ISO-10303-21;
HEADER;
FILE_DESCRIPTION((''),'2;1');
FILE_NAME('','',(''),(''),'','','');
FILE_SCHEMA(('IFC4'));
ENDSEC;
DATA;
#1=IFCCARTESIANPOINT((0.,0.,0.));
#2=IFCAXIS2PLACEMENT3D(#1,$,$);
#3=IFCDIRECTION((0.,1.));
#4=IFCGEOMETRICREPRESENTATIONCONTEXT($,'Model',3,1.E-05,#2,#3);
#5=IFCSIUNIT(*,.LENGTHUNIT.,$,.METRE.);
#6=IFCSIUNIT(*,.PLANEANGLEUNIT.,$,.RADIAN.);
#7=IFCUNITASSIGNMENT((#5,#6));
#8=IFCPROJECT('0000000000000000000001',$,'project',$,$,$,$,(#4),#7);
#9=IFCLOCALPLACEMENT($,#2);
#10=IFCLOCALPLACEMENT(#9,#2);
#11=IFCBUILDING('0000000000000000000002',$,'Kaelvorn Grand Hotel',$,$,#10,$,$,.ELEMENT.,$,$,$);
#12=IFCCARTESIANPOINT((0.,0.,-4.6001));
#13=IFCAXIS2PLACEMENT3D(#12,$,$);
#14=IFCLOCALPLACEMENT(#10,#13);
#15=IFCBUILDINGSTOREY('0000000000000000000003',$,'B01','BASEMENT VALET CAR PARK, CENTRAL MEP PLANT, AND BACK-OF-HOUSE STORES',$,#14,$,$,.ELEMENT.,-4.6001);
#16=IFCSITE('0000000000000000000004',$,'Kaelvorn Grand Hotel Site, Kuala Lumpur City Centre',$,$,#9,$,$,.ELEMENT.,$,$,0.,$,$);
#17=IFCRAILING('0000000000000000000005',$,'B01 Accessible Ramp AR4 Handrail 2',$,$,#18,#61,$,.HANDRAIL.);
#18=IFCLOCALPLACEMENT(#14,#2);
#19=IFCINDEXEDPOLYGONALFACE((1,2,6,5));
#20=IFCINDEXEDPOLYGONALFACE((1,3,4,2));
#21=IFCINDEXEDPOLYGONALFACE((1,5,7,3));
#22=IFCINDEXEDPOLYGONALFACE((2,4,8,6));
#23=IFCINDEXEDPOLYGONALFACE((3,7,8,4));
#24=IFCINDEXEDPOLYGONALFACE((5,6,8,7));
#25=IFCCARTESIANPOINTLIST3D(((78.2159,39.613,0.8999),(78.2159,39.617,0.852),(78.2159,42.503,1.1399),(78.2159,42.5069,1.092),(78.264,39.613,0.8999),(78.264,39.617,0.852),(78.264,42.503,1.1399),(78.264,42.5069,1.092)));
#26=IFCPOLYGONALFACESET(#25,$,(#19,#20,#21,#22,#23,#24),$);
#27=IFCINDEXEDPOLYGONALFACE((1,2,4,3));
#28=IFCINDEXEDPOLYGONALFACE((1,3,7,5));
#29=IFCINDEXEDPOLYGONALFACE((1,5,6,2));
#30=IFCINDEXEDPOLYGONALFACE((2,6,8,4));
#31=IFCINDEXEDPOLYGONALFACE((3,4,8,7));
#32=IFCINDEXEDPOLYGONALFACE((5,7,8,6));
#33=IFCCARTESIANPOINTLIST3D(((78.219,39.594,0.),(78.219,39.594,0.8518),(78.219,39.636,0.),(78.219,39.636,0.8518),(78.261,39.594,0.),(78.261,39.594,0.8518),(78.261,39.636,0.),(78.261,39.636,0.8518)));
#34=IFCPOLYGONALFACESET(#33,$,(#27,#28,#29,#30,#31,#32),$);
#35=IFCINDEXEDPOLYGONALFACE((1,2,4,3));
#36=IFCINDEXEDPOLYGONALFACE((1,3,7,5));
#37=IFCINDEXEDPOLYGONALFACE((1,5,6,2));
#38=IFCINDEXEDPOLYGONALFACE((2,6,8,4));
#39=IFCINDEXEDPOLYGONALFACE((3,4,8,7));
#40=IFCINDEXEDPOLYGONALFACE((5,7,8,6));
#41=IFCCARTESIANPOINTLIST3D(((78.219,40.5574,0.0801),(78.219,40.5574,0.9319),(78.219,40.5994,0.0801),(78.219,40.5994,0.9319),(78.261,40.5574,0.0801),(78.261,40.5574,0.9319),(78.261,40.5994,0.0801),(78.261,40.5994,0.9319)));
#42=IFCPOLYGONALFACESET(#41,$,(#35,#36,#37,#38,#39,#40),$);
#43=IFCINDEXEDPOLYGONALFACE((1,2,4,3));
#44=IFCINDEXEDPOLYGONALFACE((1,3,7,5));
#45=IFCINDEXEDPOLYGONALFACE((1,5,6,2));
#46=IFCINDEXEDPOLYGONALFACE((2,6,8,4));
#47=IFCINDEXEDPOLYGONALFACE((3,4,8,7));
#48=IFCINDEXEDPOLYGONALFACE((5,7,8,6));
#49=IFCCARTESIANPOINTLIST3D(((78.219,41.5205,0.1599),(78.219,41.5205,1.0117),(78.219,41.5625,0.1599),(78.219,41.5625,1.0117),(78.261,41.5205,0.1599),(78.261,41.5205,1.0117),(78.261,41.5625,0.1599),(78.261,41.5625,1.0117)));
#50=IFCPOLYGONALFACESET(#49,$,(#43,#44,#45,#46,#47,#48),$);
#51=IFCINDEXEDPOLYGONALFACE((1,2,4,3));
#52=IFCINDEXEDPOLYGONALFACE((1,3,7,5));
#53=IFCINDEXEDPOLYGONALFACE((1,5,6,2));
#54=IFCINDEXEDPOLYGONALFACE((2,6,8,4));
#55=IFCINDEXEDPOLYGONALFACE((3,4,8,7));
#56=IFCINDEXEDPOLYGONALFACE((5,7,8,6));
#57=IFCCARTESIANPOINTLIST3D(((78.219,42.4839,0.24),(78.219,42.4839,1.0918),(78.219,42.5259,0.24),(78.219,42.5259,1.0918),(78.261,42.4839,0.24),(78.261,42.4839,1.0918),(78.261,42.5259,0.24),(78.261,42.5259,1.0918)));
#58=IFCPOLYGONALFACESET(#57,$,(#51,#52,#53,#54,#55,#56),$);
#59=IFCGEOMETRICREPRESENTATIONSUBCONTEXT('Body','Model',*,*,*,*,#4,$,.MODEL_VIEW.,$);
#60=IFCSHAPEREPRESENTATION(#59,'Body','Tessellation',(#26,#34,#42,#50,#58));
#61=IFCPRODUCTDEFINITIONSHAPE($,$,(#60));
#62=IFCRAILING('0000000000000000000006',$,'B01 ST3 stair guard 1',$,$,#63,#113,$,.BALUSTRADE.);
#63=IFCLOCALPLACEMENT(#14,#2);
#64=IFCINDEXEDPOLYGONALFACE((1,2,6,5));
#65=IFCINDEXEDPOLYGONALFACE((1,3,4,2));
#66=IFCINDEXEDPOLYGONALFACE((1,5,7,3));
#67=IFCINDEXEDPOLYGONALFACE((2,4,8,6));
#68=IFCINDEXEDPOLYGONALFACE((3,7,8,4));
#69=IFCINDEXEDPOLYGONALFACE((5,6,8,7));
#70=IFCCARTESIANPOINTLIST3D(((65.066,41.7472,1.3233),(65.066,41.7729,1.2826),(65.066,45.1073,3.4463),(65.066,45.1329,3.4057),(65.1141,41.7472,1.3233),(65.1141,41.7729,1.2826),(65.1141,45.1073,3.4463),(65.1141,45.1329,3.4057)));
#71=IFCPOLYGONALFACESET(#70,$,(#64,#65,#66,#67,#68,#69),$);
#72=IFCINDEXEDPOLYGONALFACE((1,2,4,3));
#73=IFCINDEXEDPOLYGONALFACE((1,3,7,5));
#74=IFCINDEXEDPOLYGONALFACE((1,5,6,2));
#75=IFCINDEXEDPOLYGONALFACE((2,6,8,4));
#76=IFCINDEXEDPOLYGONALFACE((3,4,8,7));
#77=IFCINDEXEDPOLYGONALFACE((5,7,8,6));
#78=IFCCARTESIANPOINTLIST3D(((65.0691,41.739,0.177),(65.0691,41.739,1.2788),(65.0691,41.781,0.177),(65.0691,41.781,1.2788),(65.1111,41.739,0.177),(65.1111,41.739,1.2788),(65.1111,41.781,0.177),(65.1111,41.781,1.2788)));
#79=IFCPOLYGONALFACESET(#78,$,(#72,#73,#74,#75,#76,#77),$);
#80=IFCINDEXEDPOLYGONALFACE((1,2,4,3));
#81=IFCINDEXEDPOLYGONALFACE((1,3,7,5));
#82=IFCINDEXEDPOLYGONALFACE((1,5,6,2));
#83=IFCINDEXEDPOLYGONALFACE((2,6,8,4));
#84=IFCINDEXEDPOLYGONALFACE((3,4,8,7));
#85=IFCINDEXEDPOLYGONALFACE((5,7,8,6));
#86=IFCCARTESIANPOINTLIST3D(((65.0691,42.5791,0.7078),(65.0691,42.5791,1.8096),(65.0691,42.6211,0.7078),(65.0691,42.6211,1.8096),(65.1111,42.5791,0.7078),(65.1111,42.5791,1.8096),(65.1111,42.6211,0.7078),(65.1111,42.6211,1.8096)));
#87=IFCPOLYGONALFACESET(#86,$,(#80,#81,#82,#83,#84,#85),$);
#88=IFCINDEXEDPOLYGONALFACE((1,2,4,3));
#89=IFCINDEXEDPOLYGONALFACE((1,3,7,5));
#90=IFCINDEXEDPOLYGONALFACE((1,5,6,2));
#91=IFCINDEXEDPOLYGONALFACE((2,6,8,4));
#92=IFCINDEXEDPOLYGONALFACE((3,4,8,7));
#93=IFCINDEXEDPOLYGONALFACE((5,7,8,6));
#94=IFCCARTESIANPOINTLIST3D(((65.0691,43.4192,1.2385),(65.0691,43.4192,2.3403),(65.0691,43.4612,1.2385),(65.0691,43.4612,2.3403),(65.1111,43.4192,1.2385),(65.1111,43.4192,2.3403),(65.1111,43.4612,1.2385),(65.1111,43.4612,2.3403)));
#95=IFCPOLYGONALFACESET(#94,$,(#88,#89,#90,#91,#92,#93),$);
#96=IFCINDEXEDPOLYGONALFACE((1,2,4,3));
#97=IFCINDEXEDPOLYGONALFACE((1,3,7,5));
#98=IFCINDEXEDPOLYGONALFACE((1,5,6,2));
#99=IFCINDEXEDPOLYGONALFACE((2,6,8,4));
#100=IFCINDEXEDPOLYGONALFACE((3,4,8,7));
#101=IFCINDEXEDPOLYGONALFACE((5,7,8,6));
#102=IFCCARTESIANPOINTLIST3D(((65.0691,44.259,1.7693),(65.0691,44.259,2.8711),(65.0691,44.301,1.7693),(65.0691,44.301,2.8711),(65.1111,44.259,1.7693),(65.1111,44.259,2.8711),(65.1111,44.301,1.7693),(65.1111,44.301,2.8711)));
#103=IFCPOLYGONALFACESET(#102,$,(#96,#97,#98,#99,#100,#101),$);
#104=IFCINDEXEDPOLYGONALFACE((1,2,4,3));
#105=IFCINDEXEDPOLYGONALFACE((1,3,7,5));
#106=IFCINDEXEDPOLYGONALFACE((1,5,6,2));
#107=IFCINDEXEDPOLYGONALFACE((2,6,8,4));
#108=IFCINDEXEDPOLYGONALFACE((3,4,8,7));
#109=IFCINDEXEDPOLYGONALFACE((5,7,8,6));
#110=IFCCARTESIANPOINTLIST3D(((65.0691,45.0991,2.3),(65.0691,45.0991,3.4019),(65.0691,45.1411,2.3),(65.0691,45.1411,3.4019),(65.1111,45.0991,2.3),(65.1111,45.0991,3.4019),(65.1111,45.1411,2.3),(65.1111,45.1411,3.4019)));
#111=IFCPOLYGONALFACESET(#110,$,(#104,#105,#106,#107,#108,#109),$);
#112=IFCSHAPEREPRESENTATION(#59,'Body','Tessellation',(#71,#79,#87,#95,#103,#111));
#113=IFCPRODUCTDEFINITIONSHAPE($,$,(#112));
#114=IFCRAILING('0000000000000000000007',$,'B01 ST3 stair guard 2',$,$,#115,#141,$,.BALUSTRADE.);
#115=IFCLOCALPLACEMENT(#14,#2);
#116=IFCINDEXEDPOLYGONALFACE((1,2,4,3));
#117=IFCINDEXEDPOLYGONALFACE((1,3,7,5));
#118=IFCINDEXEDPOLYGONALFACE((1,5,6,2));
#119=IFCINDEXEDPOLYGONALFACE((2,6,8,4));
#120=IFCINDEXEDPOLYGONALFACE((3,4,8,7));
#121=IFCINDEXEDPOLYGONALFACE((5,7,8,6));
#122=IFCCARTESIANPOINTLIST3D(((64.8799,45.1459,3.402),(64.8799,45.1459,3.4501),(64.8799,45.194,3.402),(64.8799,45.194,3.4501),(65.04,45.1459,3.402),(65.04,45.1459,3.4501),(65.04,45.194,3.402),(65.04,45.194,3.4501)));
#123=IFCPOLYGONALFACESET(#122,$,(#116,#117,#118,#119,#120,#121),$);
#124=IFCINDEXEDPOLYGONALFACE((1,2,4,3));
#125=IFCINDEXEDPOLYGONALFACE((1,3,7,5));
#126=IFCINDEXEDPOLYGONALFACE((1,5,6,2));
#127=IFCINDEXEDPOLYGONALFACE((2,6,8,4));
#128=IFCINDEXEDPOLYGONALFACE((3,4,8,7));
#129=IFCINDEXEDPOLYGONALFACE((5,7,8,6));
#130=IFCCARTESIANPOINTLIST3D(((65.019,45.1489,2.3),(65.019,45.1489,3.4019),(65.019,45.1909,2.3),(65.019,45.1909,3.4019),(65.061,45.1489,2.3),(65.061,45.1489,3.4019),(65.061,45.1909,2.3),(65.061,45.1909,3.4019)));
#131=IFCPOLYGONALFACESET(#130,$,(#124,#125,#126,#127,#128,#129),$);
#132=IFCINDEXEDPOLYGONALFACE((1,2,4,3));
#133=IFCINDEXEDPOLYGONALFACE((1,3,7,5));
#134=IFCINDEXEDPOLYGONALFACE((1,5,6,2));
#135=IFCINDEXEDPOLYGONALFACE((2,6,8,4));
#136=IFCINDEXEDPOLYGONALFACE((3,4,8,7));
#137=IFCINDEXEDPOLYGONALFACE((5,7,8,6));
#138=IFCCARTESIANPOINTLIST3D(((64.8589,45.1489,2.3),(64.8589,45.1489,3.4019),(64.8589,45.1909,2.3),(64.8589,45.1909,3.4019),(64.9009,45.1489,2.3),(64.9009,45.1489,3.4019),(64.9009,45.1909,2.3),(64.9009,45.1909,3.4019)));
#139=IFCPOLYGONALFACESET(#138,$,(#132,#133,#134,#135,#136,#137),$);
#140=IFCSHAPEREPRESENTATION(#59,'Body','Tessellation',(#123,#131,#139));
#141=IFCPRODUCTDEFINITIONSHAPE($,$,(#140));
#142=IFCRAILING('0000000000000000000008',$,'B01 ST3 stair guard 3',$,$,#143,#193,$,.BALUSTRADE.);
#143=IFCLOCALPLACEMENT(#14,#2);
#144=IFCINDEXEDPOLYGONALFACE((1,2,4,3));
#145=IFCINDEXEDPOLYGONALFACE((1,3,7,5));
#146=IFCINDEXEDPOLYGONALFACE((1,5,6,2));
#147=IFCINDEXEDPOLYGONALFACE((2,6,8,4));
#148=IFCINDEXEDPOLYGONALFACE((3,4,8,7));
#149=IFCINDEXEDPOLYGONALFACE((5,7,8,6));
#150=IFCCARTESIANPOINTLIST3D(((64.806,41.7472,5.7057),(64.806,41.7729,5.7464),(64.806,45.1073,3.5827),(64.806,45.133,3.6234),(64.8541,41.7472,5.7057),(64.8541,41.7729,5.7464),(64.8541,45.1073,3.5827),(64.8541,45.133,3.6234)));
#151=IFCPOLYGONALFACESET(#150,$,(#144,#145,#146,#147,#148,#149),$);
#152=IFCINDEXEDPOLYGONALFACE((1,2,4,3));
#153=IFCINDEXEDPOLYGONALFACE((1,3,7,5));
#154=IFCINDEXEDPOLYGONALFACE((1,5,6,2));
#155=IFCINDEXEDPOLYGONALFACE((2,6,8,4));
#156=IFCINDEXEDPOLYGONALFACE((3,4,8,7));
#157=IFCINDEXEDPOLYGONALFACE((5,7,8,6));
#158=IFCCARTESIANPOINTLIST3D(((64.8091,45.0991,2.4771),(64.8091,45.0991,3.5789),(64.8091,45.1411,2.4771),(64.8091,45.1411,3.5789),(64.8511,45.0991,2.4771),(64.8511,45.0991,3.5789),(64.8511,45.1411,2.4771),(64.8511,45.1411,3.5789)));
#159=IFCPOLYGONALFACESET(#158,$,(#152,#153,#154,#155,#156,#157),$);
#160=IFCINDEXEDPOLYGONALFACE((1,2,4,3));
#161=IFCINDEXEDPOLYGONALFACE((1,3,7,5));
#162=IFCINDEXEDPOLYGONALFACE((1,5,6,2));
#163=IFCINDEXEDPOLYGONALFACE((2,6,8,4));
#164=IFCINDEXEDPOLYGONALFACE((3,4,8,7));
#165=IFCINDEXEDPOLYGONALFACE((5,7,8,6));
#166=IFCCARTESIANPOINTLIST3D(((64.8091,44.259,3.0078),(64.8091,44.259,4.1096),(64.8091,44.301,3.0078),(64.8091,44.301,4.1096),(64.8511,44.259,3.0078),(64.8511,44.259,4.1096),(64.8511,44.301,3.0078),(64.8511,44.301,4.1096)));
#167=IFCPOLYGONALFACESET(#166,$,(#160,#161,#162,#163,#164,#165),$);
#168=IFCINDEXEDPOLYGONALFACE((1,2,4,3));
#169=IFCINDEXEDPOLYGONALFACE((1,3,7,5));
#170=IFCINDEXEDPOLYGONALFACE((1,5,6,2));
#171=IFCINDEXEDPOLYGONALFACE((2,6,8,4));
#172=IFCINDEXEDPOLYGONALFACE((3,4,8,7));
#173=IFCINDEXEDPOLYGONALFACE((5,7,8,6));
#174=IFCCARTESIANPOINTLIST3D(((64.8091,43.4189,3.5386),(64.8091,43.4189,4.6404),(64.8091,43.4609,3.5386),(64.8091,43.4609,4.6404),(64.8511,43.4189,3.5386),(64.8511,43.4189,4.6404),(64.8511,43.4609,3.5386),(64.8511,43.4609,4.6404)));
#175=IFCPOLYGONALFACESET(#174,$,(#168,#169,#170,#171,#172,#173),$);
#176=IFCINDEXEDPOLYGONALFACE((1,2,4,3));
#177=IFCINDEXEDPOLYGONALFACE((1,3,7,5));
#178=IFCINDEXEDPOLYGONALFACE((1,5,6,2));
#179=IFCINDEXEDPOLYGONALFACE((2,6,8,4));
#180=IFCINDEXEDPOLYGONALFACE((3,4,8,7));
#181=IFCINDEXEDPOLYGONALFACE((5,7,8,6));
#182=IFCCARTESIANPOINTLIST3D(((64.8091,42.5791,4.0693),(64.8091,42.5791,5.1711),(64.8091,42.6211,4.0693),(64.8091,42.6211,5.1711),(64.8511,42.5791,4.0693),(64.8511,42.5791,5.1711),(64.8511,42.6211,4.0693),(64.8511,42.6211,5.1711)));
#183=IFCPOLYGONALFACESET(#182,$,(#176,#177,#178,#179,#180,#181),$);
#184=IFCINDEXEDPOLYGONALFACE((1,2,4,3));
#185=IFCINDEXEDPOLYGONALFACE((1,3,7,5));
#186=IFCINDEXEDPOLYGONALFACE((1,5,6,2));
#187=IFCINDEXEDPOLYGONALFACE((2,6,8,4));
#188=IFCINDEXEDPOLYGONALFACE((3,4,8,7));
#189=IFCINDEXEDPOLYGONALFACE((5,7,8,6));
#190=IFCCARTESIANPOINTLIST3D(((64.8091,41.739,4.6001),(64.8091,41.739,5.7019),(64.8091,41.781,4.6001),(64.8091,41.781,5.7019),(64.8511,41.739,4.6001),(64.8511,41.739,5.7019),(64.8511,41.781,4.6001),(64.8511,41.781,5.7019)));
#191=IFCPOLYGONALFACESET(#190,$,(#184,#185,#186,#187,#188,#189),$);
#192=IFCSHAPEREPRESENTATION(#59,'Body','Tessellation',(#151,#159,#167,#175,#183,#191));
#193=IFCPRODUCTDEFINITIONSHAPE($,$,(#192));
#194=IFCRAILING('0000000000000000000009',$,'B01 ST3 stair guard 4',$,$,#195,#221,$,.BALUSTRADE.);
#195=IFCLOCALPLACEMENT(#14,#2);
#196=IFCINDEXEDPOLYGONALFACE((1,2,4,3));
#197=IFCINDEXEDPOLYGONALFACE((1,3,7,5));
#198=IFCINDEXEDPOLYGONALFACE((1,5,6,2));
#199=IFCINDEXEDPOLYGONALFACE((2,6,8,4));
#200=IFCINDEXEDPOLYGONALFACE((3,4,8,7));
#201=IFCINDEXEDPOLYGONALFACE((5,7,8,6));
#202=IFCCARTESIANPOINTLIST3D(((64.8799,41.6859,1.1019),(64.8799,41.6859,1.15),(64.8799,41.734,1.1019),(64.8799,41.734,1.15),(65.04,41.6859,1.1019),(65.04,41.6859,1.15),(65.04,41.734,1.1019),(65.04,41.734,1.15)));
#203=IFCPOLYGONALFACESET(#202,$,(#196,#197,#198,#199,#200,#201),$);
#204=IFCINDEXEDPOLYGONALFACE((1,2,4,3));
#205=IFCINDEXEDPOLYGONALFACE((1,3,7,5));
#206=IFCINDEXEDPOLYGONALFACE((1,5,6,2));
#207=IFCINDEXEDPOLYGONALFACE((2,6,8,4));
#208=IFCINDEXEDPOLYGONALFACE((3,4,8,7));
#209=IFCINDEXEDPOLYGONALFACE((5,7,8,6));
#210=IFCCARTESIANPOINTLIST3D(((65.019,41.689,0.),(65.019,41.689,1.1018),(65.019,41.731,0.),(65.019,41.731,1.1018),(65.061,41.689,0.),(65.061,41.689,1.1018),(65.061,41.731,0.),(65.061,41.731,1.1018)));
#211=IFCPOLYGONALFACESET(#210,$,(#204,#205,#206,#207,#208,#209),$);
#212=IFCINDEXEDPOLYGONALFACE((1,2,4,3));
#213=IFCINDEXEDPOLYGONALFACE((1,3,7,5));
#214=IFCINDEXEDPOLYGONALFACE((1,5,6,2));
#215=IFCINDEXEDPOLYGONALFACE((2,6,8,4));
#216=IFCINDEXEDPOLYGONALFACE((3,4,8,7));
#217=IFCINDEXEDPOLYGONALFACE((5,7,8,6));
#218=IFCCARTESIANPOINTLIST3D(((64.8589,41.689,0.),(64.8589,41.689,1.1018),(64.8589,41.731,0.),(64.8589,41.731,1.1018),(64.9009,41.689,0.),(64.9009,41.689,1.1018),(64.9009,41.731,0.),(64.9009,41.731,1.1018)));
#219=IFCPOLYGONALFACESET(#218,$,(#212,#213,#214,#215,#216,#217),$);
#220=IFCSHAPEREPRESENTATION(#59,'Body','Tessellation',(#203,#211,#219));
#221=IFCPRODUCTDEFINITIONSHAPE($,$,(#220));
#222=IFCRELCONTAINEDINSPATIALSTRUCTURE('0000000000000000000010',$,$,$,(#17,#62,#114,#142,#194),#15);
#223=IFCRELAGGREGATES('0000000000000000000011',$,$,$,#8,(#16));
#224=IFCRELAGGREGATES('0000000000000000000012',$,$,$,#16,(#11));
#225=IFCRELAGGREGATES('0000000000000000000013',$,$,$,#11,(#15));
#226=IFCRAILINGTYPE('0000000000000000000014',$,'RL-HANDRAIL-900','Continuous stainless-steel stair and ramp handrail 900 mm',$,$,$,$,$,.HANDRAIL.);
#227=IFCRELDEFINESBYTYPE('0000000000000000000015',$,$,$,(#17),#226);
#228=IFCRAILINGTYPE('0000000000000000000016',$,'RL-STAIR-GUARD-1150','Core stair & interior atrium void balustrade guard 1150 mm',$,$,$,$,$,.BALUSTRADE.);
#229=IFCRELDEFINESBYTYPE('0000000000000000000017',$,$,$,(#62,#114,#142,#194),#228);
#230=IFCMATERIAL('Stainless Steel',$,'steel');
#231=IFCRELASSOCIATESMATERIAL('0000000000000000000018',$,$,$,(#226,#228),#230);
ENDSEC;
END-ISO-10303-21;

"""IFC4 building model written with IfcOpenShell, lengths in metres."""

from ifc_helpers import new_model, si_unit, direction, frame, origin, origin_2d, place, context, subcontext, project, spatial, rectangle, extrude, material, type_object, element, save


model = new_model("IFC4")

# Units and contexts
model_context = context("Model", 3, precision=1e-05, world=origin(), true_north=direction((0.0, 1.0)))
body_context = subcontext(model_context, "Body", "Model", "MODEL_VIEW")
ifc_project = project(units=[si_unit("LENGTHUNIT", "METRE"), si_unit("PLANEANGLEUNIT", "RADIAN")], contexts=[model_context])

# Site, building, storey
site_placement = place(None, origin())
site = spatial("IfcSite", under=ifc_project, at=site_placement, Name="Kaelvorn Grand Hotel Site, Kuala Lumpur City Centre", CompositionType="ELEMENT", RefElevation=0.0)
building_placement = place(site_placement, origin())
building = spatial("IfcBuilding", under=site, at=building_placement, Name="Kaelvorn Grand Hotel", CompositionType="ELEMENT")
storey_placement = place(building_placement, frame((0.0, 0.0, -4.6001)))
storey = spatial("IfcBuildingStorey", under=building, at=storey_placement, Name="B01", Description="BASEMENT VALET CAR PARK, CENTRAL MEP PLANT, AND BACK-OF-HOUSE STORES", CompositionType="ELEMENT", Elevation=-4.6001)

# Shared definitions
ifc_material_1 = material(Name="Stainless Steel", Category="steel")

# Railings
railing_type_1 = type_object("IfcRailingType", Name="RL-HANDRAIL-900", Description="Continuous stainless-steel stair and ramp handrail 900 mm", PredefinedType="HANDRAIL", material=ifc_material_1)
for number, where, name in (
    (1, (78.24, 39.615, 0.0), "B01 Accessible Ramp AR4 Handrail 2"),
):
    element("IfcRailing", number, at=place(storey_placement, frame(where)), inside=storey, type_object=railing_type_1, Name=name, PredefinedType="HANDRAIL", context=body_context, shape_type="SweptSolid", body=[
        extrude(rectangle(XDim=0.0481, YDim=0.0481, at=origin_2d()), frame((0.0, 0.0, 0.876), z_axis=(0.0, 0.99657, 0.08276), x_axis=(-1.0, 0.0, 0.0)), (0.0, 0.0, 1.0), 2.8999),
        extrude(rectangle(XDim=0.042, YDim=0.042, at=origin_2d()), origin(), (0.0, 0.0, 1.0), 0.8518),
        extrude(rectangle(XDim=0.042, YDim=0.042, at=origin_2d()), frame((0.0, 0.9634, 0.0801)), (0.0, 0.0, 1.0), 0.8518),
        extrude(rectangle(XDim=0.042, YDim=0.042, at=origin_2d()), frame((0.0, 1.9265, 0.1599)), (0.0, 0.0, 1.0), 0.8518),
        extrude(rectangle(XDim=0.042, YDim=0.042, at=origin_2d()), frame((0.0, 2.8899, 0.24)), (0.0, 0.0, 1.0), 0.8518),
    ])
railing_type_2 = type_object("IfcRailingType", Name="RL-STAIR-GUARD-1150", Description="Core stair & interior atrium void balustrade guard 1150 mm", PredefinedType="BALUSTRADE", material=ifc_material_1)
railing_1_placement = place(storey_placement, frame((65.0901, 41.76, 0.177)))
element("IfcRailing", 2, at=railing_1_placement, inside=storey, type_object=railing_type_2, Name="B01 ST3 stair guard 1", PredefinedType="BALUSTRADE", context=body_context, shape_type="SweptSolid", body=[
    extrude(rectangle(XDim=0.0481, YDim=0.0481, at=origin_2d()), frame((0.0, 0.0, 1.126), z_axis=(0.0, 0.84539, 0.53415), x_axis=(-1.0, 0.0, 0.0)), (0.0, 0.0, 1.0), 3.9746),
    extrude(rectangle(XDim=0.042, YDim=0.042, at=origin_2d()), origin(), (0.0, 0.0, 1.0), 1.1018),
    extrude(rectangle(XDim=0.042, YDim=0.042, at=origin_2d()), frame((0.0, 0.8401, 0.5308)), (0.0, 0.0, 1.0), 1.1018),
    extrude(rectangle(XDim=0.042, YDim=0.042, at=origin_2d()), frame((0.0, 1.6802, 1.0615)), (0.0, 0.0, 1.0), 1.1018),
    extrude(rectangle(XDim=0.042, YDim=0.042, at=origin_2d()), frame((0.0, 2.52, 1.5923)), (0.0, 0.0, 1.0), 1.1018),
    extrude(rectangle(XDim=0.042, YDim=0.042, at=origin_2d()), frame((0.0, 3.3601, 2.123)), (0.0, 0.0, 1.0), 1.1018),
])
railing_2_placement = place(storey_placement, frame((65.04, 45.1699, 2.3)))
element("IfcRailing", 3, at=railing_2_placement, inside=storey, type_object=railing_type_2, Name="B01 ST3 stair guard 2", PredefinedType="BALUSTRADE", context=body_context, shape_type="SweptSolid", body=[
    extrude(rectangle(XDim=0.0481, YDim=0.0481, at=origin_2d()), frame((0.0, 0.0, 1.126), z_axis=(-1.0, 0.0, 0.0), x_axis=(0.0, -1.0, 0.0)), (0.0, 0.0, 1.0), 0.1602),
    extrude(rectangle(XDim=0.042, YDim=0.042, at=origin_2d()), origin(), (0.0, 0.0, 1.0), 1.1018),
    extrude(rectangle(XDim=0.042, YDim=0.042, at=origin_2d()), frame((-0.1602, 0.0, 0.0)), (0.0, 0.0, 1.0), 1.1018),
])
railing_3_placement = place(storey_placement, frame((64.8301, 45.1201, 2.4771)))
element("IfcRailing", 4, at=railing_3_placement, inside=storey, type_object=railing_type_2, Name="B01 ST3 stair guard 3", PredefinedType="BALUSTRADE", context=body_context, shape_type="SweptSolid", body=[
    extrude(rectangle(XDim=0.0481, YDim=0.0481, at=origin_2d()), frame((0.0, 0.0, 1.126), z_axis=(0.0, -0.84539, 0.53415), x_axis=(1.0, 0.0, 0.0)), (0.0, 0.0, 1.0), 3.9746),
    extrude(rectangle(XDim=0.042, YDim=0.042, at=origin_2d()), origin(), (0.0, 0.0, 1.0), 1.1018),
    extrude(rectangle(XDim=0.042, YDim=0.042, at=origin_2d()), frame((0.0, -0.8401, 0.5308)), (0.0, 0.0, 1.0), 1.1018),
    extrude(rectangle(XDim=0.042, YDim=0.042, at=origin_2d()), frame((0.0, -1.6802, 1.0615)), (0.0, 0.0, 1.0), 1.1018),
    extrude(rectangle(XDim=0.042, YDim=0.042, at=origin_2d()), frame((0.0, -2.52, 1.5923)), (0.0, 0.0, 1.0), 1.1018),
    extrude(rectangle(XDim=0.042, YDim=0.042, at=origin_2d()), frame((0.0, -3.3601, 2.123)), (0.0, 0.0, 1.0), 1.1018),
])
railing_4_placement = place(storey_placement, frame((65.04, 41.71, 0.0)))
element("IfcRailing", 5, at=railing_4_placement, inside=storey, type_object=railing_type_2, Name="B01 ST3 stair guard 4", PredefinedType="BALUSTRADE", context=body_context, shape_type="SweptSolid", body=[
    extrude(rectangle(XDim=0.0481, YDim=0.0481, at=origin_2d()), frame((0.0, 0.0, 1.126), z_axis=(-1.0, 0.0, 0.0), x_axis=(0.0, -1.0, 0.0)), (0.0, 0.0, 1.0), 0.1602),
    extrude(rectangle(XDim=0.042, YDim=0.042, at=origin_2d()), origin(), (0.0, 0.0, 1.0), 1.1018),
    extrude(rectangle(XDim=0.042, YDim=0.042, at=origin_2d()), frame((-0.1602, 0.0, 0.0)), (0.0, 0.0, 1.0), 1.1018),
])

save(model, "model.ifc")
